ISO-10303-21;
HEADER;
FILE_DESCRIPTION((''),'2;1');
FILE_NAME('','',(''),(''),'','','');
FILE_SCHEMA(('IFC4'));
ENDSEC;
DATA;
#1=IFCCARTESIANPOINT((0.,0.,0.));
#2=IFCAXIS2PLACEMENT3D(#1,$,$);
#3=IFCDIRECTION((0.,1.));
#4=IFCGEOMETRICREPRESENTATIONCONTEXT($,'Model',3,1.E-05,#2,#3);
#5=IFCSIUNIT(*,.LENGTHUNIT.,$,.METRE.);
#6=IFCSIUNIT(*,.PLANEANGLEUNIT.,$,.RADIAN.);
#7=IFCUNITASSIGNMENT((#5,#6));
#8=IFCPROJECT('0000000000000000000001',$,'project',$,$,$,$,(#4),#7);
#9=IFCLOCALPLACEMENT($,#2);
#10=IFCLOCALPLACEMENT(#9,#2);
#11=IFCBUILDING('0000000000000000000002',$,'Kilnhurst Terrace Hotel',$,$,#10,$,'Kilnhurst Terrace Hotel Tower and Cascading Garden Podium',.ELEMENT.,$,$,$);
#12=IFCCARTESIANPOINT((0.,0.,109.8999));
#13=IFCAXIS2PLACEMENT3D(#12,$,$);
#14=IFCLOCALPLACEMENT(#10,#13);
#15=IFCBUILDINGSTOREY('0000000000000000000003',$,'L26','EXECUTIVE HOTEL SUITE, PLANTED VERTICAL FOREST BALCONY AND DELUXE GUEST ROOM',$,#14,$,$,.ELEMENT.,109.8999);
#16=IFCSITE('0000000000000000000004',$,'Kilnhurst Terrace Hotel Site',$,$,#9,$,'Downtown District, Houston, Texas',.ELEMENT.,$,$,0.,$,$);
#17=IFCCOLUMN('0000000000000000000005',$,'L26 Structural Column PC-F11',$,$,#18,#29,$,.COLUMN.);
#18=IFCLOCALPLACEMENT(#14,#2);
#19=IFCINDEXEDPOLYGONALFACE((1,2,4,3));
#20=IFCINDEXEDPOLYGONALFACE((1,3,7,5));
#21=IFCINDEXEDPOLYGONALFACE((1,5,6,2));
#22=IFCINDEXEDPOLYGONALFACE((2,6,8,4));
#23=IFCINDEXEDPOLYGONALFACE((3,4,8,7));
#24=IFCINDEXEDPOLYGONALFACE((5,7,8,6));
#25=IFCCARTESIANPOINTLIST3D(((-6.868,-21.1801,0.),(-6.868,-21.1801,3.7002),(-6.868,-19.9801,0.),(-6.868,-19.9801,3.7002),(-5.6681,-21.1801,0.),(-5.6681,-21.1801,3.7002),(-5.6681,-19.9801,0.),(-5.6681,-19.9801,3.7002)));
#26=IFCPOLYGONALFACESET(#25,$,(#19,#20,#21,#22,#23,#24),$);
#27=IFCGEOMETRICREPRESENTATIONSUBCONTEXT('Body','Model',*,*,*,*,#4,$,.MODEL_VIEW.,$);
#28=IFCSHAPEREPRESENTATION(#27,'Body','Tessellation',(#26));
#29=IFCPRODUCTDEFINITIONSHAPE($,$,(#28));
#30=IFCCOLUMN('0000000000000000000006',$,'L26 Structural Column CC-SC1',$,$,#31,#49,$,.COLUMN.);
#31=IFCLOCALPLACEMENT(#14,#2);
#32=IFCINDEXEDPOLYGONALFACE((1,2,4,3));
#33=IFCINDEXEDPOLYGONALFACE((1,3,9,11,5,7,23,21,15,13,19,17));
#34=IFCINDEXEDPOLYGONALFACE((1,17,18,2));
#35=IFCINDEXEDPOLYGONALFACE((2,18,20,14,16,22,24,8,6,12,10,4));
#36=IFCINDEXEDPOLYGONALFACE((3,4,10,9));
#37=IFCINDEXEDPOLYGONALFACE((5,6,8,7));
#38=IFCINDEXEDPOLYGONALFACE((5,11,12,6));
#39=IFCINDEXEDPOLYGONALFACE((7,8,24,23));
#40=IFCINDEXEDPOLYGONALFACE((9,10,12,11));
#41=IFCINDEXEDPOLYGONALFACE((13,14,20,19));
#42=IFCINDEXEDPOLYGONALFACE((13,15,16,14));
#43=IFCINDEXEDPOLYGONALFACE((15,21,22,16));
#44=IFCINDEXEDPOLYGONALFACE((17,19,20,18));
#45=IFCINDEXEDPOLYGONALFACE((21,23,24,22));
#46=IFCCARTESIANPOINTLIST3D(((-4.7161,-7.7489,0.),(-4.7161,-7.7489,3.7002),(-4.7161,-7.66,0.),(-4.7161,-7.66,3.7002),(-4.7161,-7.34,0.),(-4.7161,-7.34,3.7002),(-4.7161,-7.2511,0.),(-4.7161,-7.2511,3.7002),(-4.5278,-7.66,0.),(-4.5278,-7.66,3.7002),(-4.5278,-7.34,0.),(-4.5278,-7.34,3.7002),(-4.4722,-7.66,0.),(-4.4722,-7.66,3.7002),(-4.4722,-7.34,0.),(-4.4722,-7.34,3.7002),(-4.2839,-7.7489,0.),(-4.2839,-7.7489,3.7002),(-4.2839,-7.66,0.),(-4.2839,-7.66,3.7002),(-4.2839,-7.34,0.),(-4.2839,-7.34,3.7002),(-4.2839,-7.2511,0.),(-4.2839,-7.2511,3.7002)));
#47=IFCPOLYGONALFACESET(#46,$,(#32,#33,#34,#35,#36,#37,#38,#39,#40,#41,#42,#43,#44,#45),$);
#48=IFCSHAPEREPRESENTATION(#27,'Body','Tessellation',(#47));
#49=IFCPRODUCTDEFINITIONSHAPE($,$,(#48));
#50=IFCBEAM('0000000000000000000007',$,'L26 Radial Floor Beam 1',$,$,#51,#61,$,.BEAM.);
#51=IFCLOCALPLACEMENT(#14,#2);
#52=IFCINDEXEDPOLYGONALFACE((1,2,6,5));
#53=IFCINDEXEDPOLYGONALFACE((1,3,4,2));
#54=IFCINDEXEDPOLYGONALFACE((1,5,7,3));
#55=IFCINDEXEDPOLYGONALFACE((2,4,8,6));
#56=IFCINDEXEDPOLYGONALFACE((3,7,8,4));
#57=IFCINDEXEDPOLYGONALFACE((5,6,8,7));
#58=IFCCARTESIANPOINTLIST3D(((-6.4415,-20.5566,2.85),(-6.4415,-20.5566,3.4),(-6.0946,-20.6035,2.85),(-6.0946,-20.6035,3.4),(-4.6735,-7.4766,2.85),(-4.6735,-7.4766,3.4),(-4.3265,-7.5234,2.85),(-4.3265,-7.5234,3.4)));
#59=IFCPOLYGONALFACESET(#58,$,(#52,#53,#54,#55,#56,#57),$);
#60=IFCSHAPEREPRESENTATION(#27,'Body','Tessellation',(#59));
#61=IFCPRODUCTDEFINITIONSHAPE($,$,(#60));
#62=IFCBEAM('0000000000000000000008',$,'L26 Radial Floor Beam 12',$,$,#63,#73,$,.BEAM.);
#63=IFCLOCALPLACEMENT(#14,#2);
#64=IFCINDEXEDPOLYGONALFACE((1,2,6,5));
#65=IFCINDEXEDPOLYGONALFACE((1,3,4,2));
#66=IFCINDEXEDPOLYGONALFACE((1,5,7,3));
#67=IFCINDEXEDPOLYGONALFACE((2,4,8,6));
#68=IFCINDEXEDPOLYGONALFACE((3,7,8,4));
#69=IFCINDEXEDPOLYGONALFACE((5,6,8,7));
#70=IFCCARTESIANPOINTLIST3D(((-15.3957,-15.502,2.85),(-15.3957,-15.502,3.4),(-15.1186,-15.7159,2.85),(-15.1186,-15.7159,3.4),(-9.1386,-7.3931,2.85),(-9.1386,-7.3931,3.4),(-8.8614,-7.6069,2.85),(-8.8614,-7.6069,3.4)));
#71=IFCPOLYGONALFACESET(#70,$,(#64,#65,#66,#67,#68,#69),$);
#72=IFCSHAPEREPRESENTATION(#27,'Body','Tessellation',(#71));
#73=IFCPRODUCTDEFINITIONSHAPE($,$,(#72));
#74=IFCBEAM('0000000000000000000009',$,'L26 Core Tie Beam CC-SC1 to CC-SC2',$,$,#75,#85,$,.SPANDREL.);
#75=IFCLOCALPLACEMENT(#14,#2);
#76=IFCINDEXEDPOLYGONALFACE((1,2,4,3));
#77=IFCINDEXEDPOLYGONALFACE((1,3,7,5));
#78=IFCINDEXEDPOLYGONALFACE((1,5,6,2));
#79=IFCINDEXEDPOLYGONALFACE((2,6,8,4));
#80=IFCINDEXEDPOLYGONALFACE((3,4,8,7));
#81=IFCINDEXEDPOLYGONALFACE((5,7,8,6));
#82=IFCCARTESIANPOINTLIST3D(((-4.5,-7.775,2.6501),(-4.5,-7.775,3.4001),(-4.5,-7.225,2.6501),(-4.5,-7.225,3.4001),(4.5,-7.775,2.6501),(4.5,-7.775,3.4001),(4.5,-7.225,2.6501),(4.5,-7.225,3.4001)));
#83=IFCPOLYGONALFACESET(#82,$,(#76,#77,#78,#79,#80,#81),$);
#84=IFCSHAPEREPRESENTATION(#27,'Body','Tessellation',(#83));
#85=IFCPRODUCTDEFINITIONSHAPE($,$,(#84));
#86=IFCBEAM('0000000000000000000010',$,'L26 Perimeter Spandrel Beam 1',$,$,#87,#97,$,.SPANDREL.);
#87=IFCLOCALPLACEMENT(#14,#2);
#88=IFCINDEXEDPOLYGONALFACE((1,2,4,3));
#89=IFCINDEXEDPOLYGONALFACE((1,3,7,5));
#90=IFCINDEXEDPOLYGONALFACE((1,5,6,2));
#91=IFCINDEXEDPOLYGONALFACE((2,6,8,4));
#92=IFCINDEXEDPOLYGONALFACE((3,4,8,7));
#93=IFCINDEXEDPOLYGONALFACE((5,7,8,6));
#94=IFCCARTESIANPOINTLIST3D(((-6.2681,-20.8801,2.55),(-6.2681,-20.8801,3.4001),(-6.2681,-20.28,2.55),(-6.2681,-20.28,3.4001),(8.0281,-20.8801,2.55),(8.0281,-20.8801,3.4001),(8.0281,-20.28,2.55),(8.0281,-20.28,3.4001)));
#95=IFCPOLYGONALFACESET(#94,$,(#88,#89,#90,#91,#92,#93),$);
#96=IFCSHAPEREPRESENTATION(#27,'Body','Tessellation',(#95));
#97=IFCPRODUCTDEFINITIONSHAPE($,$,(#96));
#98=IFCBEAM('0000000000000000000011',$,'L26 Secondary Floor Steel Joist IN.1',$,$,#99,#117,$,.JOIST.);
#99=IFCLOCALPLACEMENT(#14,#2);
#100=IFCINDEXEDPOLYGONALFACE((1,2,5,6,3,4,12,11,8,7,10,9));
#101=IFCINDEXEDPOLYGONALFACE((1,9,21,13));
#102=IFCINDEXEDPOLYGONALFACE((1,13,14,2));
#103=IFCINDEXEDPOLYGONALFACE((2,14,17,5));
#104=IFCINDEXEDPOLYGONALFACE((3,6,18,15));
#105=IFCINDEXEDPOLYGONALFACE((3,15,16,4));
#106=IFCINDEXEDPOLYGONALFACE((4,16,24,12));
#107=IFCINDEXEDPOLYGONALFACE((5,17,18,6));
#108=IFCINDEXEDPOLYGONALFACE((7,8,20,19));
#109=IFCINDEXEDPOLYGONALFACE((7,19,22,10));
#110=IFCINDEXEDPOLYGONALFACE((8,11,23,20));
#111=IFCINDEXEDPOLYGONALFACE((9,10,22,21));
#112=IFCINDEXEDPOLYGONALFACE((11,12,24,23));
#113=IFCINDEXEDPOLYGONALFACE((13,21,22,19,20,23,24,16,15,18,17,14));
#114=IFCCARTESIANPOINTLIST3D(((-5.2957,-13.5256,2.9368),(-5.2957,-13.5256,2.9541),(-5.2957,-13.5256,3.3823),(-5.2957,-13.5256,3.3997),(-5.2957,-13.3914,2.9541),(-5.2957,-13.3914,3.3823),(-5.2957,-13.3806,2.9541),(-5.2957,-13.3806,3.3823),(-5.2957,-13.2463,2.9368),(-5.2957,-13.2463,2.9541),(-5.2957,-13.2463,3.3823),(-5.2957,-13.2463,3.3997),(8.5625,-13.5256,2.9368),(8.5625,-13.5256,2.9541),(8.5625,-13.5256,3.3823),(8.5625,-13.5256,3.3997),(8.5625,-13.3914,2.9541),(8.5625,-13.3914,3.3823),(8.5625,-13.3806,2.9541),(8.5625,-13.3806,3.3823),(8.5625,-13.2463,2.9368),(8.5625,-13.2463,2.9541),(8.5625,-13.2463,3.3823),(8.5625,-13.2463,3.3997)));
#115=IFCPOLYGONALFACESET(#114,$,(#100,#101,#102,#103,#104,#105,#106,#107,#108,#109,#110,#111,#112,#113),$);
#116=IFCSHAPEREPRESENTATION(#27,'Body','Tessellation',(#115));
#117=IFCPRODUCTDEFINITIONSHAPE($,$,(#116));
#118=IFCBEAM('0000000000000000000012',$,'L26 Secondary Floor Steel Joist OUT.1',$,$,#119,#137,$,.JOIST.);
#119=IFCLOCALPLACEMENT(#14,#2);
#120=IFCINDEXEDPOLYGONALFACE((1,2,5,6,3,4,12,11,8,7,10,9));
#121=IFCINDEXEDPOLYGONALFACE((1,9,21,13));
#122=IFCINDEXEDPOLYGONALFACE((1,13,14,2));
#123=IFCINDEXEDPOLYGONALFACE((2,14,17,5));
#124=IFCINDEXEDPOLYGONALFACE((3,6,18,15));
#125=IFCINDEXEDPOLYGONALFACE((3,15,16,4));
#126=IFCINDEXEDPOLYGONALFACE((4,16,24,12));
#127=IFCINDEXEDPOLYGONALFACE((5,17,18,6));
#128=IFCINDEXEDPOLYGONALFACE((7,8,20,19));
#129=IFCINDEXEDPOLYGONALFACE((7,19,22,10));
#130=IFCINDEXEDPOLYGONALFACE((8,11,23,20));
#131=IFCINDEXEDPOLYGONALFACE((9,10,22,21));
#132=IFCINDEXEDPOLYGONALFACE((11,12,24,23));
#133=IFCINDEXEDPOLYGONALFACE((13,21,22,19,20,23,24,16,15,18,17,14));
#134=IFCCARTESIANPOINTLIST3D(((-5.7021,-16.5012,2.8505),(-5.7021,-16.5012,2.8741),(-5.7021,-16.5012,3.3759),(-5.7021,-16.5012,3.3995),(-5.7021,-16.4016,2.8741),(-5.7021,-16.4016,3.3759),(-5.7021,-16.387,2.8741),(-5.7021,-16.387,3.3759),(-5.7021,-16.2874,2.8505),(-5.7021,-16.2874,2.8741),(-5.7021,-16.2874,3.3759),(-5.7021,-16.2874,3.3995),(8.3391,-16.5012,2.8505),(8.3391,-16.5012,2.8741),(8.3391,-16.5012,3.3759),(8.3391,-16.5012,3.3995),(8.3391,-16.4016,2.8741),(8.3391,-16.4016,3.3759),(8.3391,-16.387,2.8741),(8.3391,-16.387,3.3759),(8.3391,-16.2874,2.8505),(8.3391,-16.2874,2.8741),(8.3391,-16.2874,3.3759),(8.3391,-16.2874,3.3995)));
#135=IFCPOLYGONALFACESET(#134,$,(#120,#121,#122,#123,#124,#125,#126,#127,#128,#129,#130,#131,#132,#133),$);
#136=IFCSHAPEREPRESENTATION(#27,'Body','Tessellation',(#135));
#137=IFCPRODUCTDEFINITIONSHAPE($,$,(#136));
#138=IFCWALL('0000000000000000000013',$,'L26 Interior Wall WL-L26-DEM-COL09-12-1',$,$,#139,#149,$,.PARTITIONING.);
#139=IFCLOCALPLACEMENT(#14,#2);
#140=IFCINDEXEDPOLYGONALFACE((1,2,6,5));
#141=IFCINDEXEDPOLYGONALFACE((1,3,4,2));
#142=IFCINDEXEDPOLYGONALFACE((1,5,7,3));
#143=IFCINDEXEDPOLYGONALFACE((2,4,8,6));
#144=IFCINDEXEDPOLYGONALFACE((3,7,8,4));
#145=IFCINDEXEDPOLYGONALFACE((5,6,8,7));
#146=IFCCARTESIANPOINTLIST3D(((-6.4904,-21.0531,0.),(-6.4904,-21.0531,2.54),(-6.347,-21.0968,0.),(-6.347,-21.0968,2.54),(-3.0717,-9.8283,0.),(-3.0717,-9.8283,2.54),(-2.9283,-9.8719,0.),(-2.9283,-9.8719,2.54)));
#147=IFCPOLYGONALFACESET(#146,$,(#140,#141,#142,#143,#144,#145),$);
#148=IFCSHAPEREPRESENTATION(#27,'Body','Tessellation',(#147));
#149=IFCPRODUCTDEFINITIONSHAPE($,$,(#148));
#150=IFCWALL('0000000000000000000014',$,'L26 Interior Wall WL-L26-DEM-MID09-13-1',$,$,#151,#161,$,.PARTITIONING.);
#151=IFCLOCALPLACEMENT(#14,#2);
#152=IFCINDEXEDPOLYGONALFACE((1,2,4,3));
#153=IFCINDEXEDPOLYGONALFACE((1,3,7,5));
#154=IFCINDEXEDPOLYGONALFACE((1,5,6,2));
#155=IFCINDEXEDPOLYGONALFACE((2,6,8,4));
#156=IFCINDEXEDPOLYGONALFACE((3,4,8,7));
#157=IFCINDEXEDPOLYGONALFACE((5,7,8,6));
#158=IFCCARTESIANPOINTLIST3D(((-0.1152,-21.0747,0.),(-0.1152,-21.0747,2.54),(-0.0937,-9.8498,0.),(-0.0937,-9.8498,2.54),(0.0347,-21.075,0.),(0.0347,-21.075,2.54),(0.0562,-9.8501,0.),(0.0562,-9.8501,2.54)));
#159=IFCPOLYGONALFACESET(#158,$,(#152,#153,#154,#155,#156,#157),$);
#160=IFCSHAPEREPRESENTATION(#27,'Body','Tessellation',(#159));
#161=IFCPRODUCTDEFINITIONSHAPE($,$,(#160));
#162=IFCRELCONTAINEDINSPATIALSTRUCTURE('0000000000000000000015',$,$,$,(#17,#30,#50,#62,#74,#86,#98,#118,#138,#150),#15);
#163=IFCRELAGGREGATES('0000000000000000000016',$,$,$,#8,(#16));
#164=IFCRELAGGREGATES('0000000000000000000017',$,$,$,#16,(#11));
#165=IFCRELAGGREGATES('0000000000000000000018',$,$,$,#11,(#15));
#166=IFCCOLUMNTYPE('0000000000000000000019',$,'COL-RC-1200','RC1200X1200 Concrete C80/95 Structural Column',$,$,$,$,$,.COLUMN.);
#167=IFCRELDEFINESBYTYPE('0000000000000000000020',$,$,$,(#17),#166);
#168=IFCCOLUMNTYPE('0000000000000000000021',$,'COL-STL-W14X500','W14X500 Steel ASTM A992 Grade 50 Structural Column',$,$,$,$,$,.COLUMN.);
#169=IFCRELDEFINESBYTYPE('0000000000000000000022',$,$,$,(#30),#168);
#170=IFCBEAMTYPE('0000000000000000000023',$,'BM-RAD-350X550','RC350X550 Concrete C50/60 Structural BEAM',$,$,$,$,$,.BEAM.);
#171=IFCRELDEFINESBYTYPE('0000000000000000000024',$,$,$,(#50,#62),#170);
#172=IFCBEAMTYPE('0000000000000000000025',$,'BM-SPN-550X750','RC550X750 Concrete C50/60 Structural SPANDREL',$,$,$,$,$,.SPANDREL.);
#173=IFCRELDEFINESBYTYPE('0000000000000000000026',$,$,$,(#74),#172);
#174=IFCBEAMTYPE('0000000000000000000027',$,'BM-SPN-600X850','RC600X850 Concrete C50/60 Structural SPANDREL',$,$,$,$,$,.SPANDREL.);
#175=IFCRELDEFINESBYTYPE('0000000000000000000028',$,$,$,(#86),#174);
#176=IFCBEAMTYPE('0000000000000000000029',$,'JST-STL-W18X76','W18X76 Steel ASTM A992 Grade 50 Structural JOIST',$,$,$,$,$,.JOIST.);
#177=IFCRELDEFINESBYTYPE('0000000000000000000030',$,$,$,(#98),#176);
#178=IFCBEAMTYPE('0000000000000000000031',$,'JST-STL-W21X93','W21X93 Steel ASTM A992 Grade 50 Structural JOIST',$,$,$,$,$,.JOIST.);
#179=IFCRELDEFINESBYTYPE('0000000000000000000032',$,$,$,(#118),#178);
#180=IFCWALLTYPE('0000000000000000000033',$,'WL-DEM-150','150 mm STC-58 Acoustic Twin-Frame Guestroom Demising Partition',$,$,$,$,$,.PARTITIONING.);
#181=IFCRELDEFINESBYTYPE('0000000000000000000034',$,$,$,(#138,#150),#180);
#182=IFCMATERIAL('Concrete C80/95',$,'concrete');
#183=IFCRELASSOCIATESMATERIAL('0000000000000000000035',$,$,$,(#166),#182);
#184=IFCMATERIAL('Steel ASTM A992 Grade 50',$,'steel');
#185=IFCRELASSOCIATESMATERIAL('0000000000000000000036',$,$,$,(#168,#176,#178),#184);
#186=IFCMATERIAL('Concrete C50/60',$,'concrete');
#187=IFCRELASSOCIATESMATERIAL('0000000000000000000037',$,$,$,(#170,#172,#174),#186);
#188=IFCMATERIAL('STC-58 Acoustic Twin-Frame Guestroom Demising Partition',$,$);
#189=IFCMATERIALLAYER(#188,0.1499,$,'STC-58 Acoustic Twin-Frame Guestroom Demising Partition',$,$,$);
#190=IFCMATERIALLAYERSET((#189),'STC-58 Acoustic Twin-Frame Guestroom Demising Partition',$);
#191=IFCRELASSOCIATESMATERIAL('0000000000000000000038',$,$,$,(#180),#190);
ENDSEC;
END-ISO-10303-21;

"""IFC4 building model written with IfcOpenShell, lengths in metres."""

from ifc_helpers import new_model, si_unit, direction, frame, frame_2d, origin, origin_2d, place, context, subcontext, project, spatial, rectangle, i_section, extrude, material, layer, layer_set, material_profile, profile_set, type_object, element, save


model = new_model("IFC4")

# Units and contexts
model_context = context("Model", 3, precision=1e-05, world=origin(), true_north=direction((0.0, 1.0)))
body_context = subcontext(model_context, "Body", "Model", "MODEL_VIEW")
ifc_project = project(units=[si_unit("LENGTHUNIT", "METRE"), si_unit("PLANEANGLEUNIT", "RADIAN")], contexts=[model_context])

# Site, building, storey
site_placement = place(None, origin())
site = spatial("IfcSite", under=ifc_project, at=site_placement, Name="Kilnhurst Terrace Hotel Site", LongName="Downtown District, Houston, Texas", CompositionType="ELEMENT", RefElevation=0.0)
building_placement = place(site_placement, origin())
building = spatial("IfcBuilding", under=site, at=building_placement, Name="Kilnhurst Terrace Hotel", LongName="Kilnhurst Terrace Hotel Tower and Cascading Garden Podium", CompositionType="ELEMENT")
storey_placement = place(building_placement, frame((0.0, 0.0, 109.8999)))
storey = spatial("IfcBuildingStorey", under=building, at=storey_placement, Name="L26", Description="EXECUTIVE HOTEL SUITE, PLANTED VERTICAL FOREST BALCONY AND DELUXE GUEST ROOM", CompositionType="ELEMENT", Elevation=109.8999)

# Columns
ifc_material_1 = material(Name="Concrete C80/95", Category="concrete")
ifc_material_profile_1 = material_profile(ifc_material_1, rectangle(XDim=1.2, YDim=1.2, at=origin_2d()), Name="RC1200X1200")
ifc_profile_set_1 = profile_set([ifc_material_profile_1], Name="Concrete C80/95")
column_type_1 = type_object("IfcColumnType", Name="COL-RC-1200", Description="RC1200X1200 Concrete C80/95 Structural Column", PredefinedType="COLUMN", material=ifc_profile_set_1)
column_1_placement = place(storey_placement, frame((-6.2681, -20.5801, 0.0), z_axis=(0.0, 0.0, 1.0), x_axis=(1.0, 0.0, 0.0)))
element("IfcColumn", 1, at=column_1_placement, inside=storey, type_object=column_type_1, Name="L26 Structural Column PC-F11", PredefinedType="COLUMN", context=body_context, shape_type="SweptSolid", body=[
    extrude(rectangle(XDim=1.2, YDim=1.2, at=origin_2d()), origin(), (0.0, 0.0, 1.0), 3.7002),
])
ifc_material_2 = material(Name="Steel ASTM A992 Grade 50", Category="steel")
ifc_material_profile_2 = material_profile(ifc_material_2, i_section(OverallWidth=0.4321, OverallDepth=0.4978, WebThickness=0.0557, FlangeThickness=0.0889, at=origin_2d()), Name="W14X500")
ifc_profile_set_2 = profile_set([ifc_material_profile_2], Name="Steel ASTM A992 Grade 50")
column_type_2 = type_object("IfcColumnType", Name="COL-STL-W14X500", Description="W14X500 Steel ASTM A992 Grade 50 Structural Column", PredefinedType="COLUMN", material=ifc_profile_set_2)
column_2_placement = place(storey_placement, frame((-4.5, -7.5, 0.0), z_axis=(0.0, 0.0, 1.0), x_axis=(1.0, 0.0, 0.0)))
element("IfcColumn", 2, at=column_2_placement, inside=storey, type_object=column_type_2, Name="L26 Structural Column CC-SC1", PredefinedType="COLUMN", context=body_context, shape_type="SweptSolid", body=[
    extrude(i_section(OverallWidth=0.4321, OverallDepth=0.4978, WebThickness=0.0557, FlangeThickness=0.0889, at=origin_2d()), origin(), (0.0, 0.0, 1.0), 3.7002),
])

# Beams
ifc_material_3 = material(Name="Concrete C50/60", Category="concrete")
ifc_material_profile_3 = material_profile(ifc_material_3, rectangle(XDim=0.3501, YDim=0.55, at=origin_2d()), Name="RC350X550")
ifc_profile_set_3 = profile_set([ifc_material_profile_3], Name="Concrete C50/60")
beam_type_1 = type_object("IfcBeamType", Name="BM-RAD-350X550", Description="RC350X550 Concrete C50/60 Structural BEAM", PredefinedType="BEAM", material=ifc_profile_set_3)
beam_1_placement = place(storey_placement, frame((-4.5, -7.5, 3.125), z_axis=(-0.133954, -0.990988, 0.0), x_axis=(0.990988, -0.133954, 0.0)))
element("IfcBeam", 3, at=beam_1_placement, inside=storey, type_object=beam_type_1, Name="L26 Radial Floor Beam 1", PredefinedType="BEAM", context=body_context, shape_type="SweptSolid", body=[
    extrude(rectangle(XDim=0.3501, YDim=0.55, at=origin_2d()), origin(), (0.0, 0.0, 1.0), 13.199),
])
beam_2_placement = place(storey_placement, frame((-9.0, -7.5, 3.125), z_axis=(-0.610905, -0.791704, 0.0), x_axis=(0.791704, -0.610905, 0.0)))
element("IfcBeam", 4, at=beam_2_placement, inside=storey, type_object=beam_type_1, Name="L26 Radial Floor Beam 12", PredefinedType="BEAM", context=body_context, shape_type="SweptSolid", body=[
    extrude(rectangle(XDim=0.3501, YDim=0.55, at=origin_2d()), origin(), (0.0, 0.0, 1.0), 10.2424),
])
ifc_material_profile_4 = material_profile(ifc_material_3, rectangle(XDim=0.55, YDim=0.75, at=origin_2d()), Name="RC550X750")
ifc_profile_set_4 = profile_set([ifc_material_profile_4], Name="Concrete C50/60")
beam_type_2 = type_object("IfcBeamType", Name="BM-SPN-550X750", Description="RC550X750 Concrete C50/60 Structural SPANDREL", PredefinedType="SPANDREL", material=ifc_profile_set_4)
beam_3_placement = place(storey_placement, frame((-4.5, -7.5, 3.0251), z_axis=(1.0, 0.0, 0.0), x_axis=(0.0, 1.0, 0.0)))
element("IfcBeam", 5, at=beam_3_placement, inside=storey, type_object=beam_type_2, Name="L26 Core Tie Beam CC-SC1 to CC-SC2", PredefinedType="SPANDREL", context=body_context, shape_type="SweptSolid", body=[
    extrude(rectangle(XDim=0.55, YDim=0.75, at=origin_2d()), origin(), (0.0, 0.0, 1.0), 9.0),
])
ifc_material_profile_5 = material_profile(ifc_material_3, rectangle(XDim=0.6001, YDim=0.8501, at=origin_2d()), Name="RC600X850")
ifc_profile_set_5 = profile_set([ifc_material_profile_5], Name="Concrete C50/60")
beam_type_3 = type_object("IfcBeamType", Name="BM-SPN-600X850", Description="RC600X850 Concrete C50/60 Structural SPANDREL", PredefinedType="SPANDREL", material=ifc_profile_set_5)
beam_4_placement = place(storey_placement, frame((-6.2681, -20.5801, 2.9751), z_axis=(1.0, 0.0, 0.0), x_axis=(0.0, 1.0, 0.0)))
element("IfcBeam", 6, at=beam_4_placement, inside=storey, type_object=beam_type_3, Name="L26 Perimeter Spandrel Beam 1", PredefinedType="SPANDREL", context=body_context, shape_type="SweptSolid", body=[
    extrude(rectangle(XDim=0.6001, YDim=0.8501, at=origin_2d()), origin(), (0.0, 0.0, 1.0), 14.2961),
])
ifc_material_profile_6 = material_profile(ifc_material_2, i_section(OverallWidth=0.2793, OverallDepth=0.4629, WebThickness=0.0107, FlangeThickness=0.0173, at=origin_2d()), Name="W18X76")
ifc_profile_set_6 = profile_set([ifc_material_profile_6], Name="Steel ASTM A992 Grade 50")
beam_type_4 = type_object("IfcBeamType", Name="JST-STL-W18X76", Description="W18X76 Steel ASTM A992 Grade 50 Structural JOIST", PredefinedType="JOIST", material=ifc_profile_set_6)
beam_5_placement = place(storey_placement, frame((-5.2957, -13.386, 3.1682), z_axis=(1.0, 0.0, 0.0), x_axis=(0.0, 1.0, 0.0)))
element("IfcBeam", 7, at=beam_5_placement, inside=storey, type_object=beam_type_4, Name="L26 Secondary Floor Steel Joist IN.1", PredefinedType="JOIST", context=body_context, shape_type="SweptSolid", body=[
    extrude(i_section(OverallWidth=0.2793, OverallDepth=0.4629, WebThickness=0.0107, FlangeThickness=0.0173, at=origin_2d()), origin(), (0.0, 0.0, 1.0), 13.8582),
])
ifc_material_profile_7 = material_profile(ifc_material_2, i_section(OverallWidth=0.2139, OverallDepth=0.5491, WebThickness=0.0146, FlangeThickness=0.0237, at=origin_2d()), Name="W21X93")
ifc_profile_set_7 = profile_set([ifc_material_profile_7], Name="Steel ASTM A992 Grade 50")
beam_type_5 = type_object("IfcBeamType", Name="JST-STL-W21X93", Description="W21X93 Steel ASTM A992 Grade 50 Structural JOIST", PredefinedType="JOIST", material=ifc_profile_set_7)
beam_6_placement = place(storey_placement, frame((-5.7021, -16.3943, 3.125), z_axis=(1.0, 0.0, 0.0), x_axis=(0.0, 1.0, 0.0)))
element("IfcBeam", 8, at=beam_6_placement, inside=storey, type_object=beam_type_5, Name="L26 Secondary Floor Steel Joist OUT.1", PredefinedType="JOIST", context=body_context, shape_type="SweptSolid", body=[
    extrude(i_section(OverallWidth=0.2139, OverallDepth=0.5491, WebThickness=0.0146, FlangeThickness=0.0237, at=origin_2d()), origin(), (0.0, 0.0, 1.0), 14.0413),
])

# Walls
ifc_material_4 = material(Name="STC-58 Acoustic Twin-Frame Guestroom Demising Partition")
ifc_layer_1 = layer(ifc_material_4, 0.1499, Name="STC-58 Acoustic Twin-Frame Guestroom Demising Partition")
ifc_layer_set_1 = layer_set([ifc_layer_1], Name="STC-58 Acoustic Twin-Frame Guestroom Demising Partition")
wall_type_1 = type_object("IfcWallType", Name="WL-DEM-150", Description="150 mm STC-58 Acoustic Twin-Frame Guestroom Demising Partition", PredefinedType="PARTITIONING", material=ifc_layer_set_1)
wall_1_placement = place(storey_placement, frame((-3.0, -9.8501, 0.0), z_axis=(0.0, 0.0, 1.0), x_axis=(-0.291352, -0.956616, 0.0)))
element("IfcWall", 9, at=wall_1_placement, inside=storey, type_object=wall_type_1, Name="L26 Interior Wall WL-L26-DEM-COL09-12-1", PredefinedType="PARTITIONING", context=body_context, shape_type="SweptSolid", body=[
    extrude(rectangle(XDim=11.7339, YDim=0.1499, at=frame_2d((5.8669, 0.0))), origin(), (0.0, 0.0, 1.0), 2.54),
])
wall_2_placement = place(storey_placement, frame((-0.0188, -9.8501, 0.0), z_axis=(0.0, 0.0, 1.0), x_axis=(-0.001914, -0.999998, 0.0)))
element("IfcWall", 10, at=wall_2_placement, inside=storey, type_object=wall_type_1, Name="L26 Interior Wall WL-L26-DEM-MID09-13-1", PredefinedType="PARTITIONING", context=body_context, shape_type="SweptSolid", body=[
    extrude(rectangle(XDim=11.2249, YDim=0.1499, at=frame_2d((5.6123, 0.0))), origin(), (0.0, 0.0, 1.0), 2.54),
])

save(model, "model.ifc")
